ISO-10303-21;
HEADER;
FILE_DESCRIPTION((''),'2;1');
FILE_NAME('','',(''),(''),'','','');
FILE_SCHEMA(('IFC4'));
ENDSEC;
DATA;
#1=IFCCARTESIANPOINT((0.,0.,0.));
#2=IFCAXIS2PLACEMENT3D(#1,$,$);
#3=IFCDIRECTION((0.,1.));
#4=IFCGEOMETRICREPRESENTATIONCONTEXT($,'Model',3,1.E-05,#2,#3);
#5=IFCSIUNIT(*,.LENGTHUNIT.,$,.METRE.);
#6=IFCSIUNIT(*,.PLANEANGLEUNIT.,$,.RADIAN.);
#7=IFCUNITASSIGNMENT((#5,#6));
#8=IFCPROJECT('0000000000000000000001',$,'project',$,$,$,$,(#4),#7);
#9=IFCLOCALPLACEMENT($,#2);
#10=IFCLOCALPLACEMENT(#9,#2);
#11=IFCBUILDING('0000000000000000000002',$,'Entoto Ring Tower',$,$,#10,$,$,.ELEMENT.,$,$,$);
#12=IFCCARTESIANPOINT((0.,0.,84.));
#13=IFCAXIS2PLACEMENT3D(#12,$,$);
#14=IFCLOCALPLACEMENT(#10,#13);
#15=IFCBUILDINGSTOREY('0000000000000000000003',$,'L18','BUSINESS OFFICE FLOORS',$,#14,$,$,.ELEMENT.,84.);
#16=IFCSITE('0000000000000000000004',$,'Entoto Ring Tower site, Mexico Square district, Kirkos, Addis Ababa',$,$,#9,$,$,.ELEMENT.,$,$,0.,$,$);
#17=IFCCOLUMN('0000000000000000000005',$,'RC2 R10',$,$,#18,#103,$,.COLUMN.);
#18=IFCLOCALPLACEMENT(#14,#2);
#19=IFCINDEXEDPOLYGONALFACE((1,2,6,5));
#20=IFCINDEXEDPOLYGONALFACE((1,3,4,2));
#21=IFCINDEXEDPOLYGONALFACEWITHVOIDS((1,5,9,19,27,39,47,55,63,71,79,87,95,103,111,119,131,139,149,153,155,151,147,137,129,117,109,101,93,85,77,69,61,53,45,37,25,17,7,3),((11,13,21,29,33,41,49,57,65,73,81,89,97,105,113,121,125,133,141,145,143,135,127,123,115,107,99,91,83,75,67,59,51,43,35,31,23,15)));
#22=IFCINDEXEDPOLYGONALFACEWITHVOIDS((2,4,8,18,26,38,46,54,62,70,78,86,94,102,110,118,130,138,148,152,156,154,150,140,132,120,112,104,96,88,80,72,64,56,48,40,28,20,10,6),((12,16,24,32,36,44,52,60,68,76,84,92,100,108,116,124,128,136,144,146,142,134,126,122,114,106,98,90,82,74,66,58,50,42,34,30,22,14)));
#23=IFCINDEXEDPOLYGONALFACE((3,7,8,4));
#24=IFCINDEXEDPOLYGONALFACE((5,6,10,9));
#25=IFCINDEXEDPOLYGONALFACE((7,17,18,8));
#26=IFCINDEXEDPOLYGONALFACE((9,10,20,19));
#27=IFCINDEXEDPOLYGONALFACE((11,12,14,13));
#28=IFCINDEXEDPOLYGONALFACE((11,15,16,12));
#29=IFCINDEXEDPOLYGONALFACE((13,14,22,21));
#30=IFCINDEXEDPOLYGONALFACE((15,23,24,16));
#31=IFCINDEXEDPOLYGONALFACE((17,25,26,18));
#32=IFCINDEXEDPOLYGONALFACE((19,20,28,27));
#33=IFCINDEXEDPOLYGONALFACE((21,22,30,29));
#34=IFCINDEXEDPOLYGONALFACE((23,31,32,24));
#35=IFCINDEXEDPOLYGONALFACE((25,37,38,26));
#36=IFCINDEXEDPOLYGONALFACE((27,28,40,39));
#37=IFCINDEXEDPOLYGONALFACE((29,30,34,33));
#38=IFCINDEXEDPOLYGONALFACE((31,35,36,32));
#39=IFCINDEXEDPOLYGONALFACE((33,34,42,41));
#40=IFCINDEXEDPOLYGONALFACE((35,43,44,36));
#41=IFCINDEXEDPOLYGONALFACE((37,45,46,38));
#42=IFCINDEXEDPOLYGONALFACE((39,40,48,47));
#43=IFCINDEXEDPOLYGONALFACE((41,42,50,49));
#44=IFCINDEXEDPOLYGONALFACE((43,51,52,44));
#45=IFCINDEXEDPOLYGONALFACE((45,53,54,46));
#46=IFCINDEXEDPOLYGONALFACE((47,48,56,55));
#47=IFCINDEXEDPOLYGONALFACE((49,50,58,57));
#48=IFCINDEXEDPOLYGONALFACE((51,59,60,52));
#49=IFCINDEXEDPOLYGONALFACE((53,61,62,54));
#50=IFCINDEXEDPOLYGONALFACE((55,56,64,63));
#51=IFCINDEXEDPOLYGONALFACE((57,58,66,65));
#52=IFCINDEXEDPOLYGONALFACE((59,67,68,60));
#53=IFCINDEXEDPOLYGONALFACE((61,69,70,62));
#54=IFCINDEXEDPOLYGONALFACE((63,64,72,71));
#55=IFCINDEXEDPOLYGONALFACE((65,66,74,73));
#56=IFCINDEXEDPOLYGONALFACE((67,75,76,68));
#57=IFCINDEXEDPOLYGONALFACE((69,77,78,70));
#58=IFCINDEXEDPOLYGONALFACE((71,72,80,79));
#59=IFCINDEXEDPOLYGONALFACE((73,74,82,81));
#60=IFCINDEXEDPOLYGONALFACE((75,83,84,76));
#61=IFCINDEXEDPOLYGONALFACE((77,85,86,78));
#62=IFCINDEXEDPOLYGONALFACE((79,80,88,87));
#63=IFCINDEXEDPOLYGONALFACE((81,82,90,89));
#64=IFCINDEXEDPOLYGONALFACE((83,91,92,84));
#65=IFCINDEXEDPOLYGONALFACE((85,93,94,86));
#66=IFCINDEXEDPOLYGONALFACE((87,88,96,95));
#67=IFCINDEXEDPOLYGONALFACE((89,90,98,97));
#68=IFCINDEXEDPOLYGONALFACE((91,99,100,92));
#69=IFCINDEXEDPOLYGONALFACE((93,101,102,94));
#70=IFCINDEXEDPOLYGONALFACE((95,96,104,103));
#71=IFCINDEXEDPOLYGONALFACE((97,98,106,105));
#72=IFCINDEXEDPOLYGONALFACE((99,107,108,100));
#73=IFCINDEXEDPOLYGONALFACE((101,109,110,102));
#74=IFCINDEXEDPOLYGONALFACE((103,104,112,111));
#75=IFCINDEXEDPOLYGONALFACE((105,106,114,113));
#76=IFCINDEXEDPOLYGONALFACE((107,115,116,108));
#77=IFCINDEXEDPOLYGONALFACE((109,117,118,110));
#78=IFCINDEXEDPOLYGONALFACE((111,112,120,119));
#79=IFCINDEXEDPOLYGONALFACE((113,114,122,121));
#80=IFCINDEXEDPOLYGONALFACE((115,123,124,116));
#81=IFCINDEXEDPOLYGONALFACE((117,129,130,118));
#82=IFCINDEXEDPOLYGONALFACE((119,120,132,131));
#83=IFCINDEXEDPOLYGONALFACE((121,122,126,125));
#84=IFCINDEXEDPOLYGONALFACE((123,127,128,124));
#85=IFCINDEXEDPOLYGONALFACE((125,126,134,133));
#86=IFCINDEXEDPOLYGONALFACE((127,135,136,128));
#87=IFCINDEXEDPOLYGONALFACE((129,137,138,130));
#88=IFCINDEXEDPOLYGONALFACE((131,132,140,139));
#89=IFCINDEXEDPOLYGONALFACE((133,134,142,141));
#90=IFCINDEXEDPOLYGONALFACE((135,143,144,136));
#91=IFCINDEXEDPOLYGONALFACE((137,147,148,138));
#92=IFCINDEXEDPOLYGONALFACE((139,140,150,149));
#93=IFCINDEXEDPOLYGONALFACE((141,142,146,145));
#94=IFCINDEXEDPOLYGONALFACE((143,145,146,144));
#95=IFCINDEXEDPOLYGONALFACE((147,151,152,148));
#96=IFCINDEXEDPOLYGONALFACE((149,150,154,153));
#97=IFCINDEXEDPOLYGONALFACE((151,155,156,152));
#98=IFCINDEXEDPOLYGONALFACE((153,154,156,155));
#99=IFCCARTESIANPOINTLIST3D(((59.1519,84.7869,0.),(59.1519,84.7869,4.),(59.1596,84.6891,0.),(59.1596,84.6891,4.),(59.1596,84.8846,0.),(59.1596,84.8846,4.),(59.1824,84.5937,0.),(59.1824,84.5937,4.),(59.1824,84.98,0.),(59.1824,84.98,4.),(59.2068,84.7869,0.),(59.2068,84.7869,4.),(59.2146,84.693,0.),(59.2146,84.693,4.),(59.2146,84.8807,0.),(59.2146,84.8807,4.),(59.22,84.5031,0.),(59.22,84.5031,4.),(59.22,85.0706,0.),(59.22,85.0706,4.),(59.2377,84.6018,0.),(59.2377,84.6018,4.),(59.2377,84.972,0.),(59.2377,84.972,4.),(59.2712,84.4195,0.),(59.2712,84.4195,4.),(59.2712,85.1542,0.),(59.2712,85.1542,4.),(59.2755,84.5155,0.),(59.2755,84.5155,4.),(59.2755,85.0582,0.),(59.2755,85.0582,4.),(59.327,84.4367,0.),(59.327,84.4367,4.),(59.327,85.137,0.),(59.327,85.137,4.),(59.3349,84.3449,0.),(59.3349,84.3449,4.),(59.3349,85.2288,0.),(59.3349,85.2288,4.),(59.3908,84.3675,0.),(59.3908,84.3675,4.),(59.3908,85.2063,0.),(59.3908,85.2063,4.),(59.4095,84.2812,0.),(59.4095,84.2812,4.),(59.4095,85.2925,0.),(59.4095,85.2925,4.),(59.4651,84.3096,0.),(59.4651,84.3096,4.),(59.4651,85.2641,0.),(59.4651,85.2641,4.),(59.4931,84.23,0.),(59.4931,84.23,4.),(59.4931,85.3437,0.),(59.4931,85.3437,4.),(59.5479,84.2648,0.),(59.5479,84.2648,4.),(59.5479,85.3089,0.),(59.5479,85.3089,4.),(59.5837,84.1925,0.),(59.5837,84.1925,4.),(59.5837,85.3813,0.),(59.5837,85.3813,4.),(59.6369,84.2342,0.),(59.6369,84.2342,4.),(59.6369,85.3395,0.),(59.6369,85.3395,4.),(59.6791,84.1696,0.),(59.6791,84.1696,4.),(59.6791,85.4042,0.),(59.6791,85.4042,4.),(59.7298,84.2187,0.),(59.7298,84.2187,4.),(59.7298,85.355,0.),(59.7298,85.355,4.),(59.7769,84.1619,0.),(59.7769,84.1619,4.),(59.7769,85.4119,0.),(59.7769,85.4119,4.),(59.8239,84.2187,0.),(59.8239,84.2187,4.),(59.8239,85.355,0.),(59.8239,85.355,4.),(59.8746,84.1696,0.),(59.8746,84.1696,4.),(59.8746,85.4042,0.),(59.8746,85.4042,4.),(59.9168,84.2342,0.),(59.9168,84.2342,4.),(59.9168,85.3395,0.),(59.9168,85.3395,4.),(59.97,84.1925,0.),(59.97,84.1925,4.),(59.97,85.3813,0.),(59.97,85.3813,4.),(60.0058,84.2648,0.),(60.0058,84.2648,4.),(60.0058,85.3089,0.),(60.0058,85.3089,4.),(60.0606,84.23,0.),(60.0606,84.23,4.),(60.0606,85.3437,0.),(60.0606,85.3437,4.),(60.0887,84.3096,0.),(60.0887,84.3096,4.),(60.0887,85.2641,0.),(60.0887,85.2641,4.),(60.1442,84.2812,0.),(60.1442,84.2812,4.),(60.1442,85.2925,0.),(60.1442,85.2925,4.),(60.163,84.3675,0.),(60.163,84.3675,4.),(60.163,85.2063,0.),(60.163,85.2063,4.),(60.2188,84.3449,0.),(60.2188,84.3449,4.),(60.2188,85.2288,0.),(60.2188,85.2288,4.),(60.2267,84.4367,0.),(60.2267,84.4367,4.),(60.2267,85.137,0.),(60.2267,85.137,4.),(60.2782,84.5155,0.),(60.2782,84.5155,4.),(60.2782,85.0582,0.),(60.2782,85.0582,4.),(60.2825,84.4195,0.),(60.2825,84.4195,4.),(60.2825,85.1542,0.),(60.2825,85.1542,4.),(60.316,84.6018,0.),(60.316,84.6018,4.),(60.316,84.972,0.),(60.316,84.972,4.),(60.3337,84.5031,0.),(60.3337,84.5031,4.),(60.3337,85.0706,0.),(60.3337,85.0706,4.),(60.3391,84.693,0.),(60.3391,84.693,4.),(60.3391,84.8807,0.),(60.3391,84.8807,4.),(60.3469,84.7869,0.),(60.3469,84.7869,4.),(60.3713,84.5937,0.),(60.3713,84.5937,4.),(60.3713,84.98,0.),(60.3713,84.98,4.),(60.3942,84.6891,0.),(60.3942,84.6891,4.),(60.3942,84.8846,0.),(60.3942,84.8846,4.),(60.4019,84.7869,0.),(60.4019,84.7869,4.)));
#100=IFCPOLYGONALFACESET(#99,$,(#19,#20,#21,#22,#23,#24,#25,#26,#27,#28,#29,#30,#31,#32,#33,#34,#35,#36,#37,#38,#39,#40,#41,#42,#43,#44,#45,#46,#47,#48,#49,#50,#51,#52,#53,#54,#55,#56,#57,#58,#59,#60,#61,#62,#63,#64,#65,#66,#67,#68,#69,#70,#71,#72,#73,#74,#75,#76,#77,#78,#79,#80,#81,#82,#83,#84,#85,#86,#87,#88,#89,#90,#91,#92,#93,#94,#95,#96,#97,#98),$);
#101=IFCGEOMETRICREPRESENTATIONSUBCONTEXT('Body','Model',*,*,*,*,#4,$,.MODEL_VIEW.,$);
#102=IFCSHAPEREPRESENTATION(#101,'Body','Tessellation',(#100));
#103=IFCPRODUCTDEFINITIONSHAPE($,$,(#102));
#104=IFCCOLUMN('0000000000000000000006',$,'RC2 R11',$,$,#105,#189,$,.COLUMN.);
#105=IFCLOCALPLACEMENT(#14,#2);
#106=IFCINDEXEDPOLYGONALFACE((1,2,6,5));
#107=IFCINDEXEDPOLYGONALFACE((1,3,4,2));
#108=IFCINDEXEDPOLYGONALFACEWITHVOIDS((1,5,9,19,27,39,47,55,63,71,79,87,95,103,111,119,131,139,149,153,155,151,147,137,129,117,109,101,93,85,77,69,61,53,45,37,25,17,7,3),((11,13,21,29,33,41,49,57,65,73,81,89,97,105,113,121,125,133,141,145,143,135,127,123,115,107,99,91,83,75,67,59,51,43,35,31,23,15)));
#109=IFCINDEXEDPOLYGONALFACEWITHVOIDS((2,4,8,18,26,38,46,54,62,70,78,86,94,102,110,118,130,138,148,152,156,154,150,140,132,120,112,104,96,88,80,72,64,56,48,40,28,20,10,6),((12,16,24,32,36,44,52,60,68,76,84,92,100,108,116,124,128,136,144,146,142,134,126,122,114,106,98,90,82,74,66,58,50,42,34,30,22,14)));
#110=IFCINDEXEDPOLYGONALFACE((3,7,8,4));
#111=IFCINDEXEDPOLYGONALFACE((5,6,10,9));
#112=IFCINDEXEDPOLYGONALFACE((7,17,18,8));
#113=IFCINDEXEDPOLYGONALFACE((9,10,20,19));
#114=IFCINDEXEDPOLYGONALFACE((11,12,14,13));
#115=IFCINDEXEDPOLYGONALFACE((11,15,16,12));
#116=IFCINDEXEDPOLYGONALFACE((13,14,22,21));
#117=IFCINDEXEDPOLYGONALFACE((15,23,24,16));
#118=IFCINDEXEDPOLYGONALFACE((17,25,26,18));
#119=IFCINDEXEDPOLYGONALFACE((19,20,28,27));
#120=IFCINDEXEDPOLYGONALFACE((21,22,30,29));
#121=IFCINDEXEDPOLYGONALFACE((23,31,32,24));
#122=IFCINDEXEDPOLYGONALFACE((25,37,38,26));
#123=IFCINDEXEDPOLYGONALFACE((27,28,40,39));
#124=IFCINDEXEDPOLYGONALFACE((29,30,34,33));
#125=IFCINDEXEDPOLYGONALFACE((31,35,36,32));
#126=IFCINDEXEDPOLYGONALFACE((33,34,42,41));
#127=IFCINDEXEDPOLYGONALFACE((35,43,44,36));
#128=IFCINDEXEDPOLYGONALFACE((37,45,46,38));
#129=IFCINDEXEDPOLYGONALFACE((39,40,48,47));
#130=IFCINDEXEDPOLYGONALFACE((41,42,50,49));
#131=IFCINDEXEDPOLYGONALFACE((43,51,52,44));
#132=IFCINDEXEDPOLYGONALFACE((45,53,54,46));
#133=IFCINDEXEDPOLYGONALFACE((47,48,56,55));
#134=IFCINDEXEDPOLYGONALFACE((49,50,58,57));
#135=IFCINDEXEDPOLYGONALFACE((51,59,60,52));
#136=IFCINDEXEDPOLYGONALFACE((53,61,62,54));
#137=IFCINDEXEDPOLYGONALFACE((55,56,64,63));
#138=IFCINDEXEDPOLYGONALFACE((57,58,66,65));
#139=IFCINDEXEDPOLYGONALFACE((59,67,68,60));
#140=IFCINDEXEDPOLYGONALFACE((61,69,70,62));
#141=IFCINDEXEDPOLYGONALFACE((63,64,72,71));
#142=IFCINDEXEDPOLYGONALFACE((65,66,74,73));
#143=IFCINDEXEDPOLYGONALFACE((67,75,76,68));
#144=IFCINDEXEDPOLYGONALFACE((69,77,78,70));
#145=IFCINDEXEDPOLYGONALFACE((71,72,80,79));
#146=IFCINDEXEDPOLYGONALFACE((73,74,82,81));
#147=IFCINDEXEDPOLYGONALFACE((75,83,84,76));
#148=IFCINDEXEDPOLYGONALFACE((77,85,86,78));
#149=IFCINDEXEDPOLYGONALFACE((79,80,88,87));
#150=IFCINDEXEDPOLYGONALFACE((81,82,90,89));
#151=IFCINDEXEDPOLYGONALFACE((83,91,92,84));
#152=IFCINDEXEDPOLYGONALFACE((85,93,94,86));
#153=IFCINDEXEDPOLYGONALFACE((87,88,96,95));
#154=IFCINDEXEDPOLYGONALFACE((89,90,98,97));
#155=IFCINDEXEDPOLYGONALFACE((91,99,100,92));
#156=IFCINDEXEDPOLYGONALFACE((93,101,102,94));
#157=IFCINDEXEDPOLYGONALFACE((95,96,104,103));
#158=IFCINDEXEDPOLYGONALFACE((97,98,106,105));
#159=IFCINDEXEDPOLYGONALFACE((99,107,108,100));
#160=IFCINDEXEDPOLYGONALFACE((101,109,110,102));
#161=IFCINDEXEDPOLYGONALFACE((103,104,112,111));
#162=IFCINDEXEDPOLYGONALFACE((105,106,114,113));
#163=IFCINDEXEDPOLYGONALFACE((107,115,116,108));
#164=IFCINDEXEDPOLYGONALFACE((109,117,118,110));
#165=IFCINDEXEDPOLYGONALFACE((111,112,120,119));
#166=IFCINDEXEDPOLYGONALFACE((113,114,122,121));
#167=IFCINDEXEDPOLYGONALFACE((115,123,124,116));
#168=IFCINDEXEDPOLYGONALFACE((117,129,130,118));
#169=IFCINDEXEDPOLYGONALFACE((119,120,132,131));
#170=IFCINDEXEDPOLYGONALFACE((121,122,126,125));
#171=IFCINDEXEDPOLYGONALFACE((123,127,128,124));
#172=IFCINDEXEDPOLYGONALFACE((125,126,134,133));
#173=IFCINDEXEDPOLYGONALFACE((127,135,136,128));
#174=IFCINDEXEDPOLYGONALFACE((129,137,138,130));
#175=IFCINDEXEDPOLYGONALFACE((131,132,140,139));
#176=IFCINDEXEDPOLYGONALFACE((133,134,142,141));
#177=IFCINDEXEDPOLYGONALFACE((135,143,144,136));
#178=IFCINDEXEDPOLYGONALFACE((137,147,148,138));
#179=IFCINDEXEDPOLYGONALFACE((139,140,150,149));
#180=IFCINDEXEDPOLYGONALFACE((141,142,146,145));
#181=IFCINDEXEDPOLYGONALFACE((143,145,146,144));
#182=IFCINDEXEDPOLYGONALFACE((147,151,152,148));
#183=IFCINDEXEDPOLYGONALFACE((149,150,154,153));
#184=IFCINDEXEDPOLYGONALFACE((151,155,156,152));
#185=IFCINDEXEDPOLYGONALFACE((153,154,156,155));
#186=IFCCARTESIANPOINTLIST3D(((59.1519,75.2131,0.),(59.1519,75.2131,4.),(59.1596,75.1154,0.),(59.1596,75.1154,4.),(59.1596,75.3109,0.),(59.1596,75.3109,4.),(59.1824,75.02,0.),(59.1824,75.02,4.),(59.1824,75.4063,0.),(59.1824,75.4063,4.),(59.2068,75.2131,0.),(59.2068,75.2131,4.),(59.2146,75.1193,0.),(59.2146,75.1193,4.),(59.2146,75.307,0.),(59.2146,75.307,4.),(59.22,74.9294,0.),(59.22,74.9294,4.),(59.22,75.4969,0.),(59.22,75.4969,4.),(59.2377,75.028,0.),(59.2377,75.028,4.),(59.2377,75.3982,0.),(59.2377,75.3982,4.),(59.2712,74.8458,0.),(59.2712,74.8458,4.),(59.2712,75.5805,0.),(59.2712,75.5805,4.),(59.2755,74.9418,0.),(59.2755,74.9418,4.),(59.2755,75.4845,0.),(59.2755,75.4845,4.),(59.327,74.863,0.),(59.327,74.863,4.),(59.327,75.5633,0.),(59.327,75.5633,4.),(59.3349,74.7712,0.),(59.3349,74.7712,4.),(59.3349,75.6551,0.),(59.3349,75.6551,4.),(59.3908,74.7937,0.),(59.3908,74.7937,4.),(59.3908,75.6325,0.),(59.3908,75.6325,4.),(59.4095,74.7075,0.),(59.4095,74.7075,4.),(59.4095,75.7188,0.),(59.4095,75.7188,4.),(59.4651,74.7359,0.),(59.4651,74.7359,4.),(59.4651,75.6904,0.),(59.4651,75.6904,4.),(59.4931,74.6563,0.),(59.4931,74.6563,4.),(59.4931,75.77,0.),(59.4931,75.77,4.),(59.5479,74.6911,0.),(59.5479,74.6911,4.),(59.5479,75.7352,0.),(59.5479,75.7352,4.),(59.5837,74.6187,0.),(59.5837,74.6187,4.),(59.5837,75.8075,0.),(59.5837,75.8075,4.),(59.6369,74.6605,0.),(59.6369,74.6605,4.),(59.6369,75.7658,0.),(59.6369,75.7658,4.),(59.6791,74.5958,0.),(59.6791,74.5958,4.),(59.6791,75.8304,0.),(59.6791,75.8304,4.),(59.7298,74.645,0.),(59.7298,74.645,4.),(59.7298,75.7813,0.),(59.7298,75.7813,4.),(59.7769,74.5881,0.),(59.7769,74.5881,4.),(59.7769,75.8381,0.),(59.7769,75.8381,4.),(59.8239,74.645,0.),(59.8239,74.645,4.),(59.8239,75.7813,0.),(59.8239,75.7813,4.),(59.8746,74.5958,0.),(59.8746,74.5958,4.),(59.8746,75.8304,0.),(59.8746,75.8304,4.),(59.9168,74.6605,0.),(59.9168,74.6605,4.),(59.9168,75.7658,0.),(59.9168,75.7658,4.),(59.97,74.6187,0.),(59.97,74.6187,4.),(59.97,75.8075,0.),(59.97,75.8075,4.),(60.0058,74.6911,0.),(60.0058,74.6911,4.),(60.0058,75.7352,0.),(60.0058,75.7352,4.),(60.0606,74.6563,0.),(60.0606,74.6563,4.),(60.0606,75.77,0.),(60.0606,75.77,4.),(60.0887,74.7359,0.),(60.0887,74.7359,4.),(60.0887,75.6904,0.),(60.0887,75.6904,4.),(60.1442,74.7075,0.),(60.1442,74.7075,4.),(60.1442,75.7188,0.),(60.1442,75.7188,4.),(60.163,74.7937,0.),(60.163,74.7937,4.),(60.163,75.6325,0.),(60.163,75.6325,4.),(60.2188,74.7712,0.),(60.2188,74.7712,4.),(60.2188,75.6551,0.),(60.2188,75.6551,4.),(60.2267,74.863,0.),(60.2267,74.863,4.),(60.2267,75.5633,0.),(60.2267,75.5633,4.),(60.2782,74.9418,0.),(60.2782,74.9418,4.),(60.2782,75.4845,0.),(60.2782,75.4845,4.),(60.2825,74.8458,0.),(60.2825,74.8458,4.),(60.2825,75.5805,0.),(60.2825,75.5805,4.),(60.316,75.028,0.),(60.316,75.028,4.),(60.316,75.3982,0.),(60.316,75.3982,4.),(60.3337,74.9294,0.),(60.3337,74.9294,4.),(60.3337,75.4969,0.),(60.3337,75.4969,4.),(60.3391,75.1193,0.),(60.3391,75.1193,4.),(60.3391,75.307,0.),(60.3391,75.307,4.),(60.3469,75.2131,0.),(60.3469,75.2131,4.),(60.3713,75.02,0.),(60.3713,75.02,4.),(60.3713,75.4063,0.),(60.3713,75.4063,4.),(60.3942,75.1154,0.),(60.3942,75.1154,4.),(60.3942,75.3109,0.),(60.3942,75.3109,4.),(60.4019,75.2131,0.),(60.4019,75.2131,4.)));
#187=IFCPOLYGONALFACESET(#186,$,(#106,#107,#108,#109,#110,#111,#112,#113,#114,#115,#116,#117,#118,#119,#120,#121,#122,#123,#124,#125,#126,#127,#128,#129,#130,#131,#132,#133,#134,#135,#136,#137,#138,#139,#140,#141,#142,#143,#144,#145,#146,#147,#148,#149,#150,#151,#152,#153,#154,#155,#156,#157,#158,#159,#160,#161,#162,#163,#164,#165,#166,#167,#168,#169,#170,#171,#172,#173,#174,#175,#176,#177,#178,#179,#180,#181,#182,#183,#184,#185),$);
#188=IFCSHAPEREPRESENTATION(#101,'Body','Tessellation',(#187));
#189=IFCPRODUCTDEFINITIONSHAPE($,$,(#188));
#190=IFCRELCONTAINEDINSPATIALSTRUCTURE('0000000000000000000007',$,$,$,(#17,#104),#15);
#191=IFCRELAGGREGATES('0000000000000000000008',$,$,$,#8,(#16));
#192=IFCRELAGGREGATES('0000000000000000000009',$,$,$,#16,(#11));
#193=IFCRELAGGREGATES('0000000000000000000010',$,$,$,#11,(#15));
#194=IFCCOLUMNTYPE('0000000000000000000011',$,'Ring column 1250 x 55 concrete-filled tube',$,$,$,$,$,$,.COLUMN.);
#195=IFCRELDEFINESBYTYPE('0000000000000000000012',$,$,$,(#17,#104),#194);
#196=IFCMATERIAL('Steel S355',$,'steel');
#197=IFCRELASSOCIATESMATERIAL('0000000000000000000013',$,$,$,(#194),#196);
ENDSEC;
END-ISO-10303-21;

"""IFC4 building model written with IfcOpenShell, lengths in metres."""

from ifc_helpers import new_model, si_unit, direction, frame, origin, origin_2d, place, context, subcontext, project, spatial, circle, hollow_circle, extrude, material, material_profile, profile_set, type_object, element, save


model = new_model("IFC4")

# Units and contexts
model_context = context("Model", 3, precision=1e-05, world=origin(), true_north=direction((0.0, 1.0)))
body_context = subcontext(model_context, "Body", "Model", "MODEL_VIEW")
ifc_project = project(units=[si_unit("LENGTHUNIT", "METRE"), si_unit("PLANEANGLEUNIT", "RADIAN")], contexts=[model_context])

# Site, building, storey
site_placement = place(None, origin())
site = spatial("IfcSite", under=ifc_project, at=site_placement, Name="Entoto Ring Tower site, Mexico Square district, Kirkos, Addis Ababa", CompositionType="ELEMENT", RefElevation=0.0)
building_placement = place(site_placement, origin())
building = spatial("IfcBuilding", under=site, at=building_placement, Name="Entoto Ring Tower", CompositionType="ELEMENT")
storey_placement = place(building_placement, frame((0.0, 0.0, 84.0)))
storey = spatial("IfcBuildingStorey", under=building, at=storey_placement, Name="L18", Description="BUSINESS OFFICE FLOORS", CompositionType="ELEMENT", Elevation=84.0)

# Columns
ifc_material_1 = material(Name="Steel S355", Category="steel")
ifc_material_profile_1 = material_profile(ifc_material_1, hollow_circle(Radius=0.625, WallThickness=0.0549, at=origin_2d()), Name="CHS 1250 x 55")
ifc_material_2 = material(Name="Concrete C60/75", Category="concrete")
ifc_material_profile_2 = material_profile(ifc_material_2, circle(Radius=0.5701, at=origin_2d()), Name="Concrete C60/75 infill")
ifc_profile_set_1 = profile_set([ifc_material_profile_1, ifc_material_profile_2], Name="Steel S355")
column_type = type_object("IfcColumnType", Name="Ring column 1250 x 55 concrete-filled tube", PredefinedType="COLUMN", material=ifc_profile_set_1)
for number, where, z_axis, x_axis, name in (
    (1, (59.7769, 84.7869, 0.0), (0.0, 0.0, 1.0), (1.0, 0.0, 0.0), "RC2 R10"),
    (2, (59.7769, 75.2131, 0.0), (0.0, 0.0, 1.0), (1.0, 0.0, 0.0), "RC2 R11"),
):
    element("IfcColumn", number, at=place(storey_placement, frame(where, z_axis=z_axis, x_axis=x_axis)), inside=storey, type_object=column_type, Name=name, PredefinedType="COLUMN", context=body_context, shape_type="SweptSolid", body=[
        extrude(hollow_circle(Radius=0.625, WallThickness=0.0549, at=origin_2d()), origin(), (0.0, 0.0, 1.0), 4.0),
    ])

save(model, "model.ifc")
